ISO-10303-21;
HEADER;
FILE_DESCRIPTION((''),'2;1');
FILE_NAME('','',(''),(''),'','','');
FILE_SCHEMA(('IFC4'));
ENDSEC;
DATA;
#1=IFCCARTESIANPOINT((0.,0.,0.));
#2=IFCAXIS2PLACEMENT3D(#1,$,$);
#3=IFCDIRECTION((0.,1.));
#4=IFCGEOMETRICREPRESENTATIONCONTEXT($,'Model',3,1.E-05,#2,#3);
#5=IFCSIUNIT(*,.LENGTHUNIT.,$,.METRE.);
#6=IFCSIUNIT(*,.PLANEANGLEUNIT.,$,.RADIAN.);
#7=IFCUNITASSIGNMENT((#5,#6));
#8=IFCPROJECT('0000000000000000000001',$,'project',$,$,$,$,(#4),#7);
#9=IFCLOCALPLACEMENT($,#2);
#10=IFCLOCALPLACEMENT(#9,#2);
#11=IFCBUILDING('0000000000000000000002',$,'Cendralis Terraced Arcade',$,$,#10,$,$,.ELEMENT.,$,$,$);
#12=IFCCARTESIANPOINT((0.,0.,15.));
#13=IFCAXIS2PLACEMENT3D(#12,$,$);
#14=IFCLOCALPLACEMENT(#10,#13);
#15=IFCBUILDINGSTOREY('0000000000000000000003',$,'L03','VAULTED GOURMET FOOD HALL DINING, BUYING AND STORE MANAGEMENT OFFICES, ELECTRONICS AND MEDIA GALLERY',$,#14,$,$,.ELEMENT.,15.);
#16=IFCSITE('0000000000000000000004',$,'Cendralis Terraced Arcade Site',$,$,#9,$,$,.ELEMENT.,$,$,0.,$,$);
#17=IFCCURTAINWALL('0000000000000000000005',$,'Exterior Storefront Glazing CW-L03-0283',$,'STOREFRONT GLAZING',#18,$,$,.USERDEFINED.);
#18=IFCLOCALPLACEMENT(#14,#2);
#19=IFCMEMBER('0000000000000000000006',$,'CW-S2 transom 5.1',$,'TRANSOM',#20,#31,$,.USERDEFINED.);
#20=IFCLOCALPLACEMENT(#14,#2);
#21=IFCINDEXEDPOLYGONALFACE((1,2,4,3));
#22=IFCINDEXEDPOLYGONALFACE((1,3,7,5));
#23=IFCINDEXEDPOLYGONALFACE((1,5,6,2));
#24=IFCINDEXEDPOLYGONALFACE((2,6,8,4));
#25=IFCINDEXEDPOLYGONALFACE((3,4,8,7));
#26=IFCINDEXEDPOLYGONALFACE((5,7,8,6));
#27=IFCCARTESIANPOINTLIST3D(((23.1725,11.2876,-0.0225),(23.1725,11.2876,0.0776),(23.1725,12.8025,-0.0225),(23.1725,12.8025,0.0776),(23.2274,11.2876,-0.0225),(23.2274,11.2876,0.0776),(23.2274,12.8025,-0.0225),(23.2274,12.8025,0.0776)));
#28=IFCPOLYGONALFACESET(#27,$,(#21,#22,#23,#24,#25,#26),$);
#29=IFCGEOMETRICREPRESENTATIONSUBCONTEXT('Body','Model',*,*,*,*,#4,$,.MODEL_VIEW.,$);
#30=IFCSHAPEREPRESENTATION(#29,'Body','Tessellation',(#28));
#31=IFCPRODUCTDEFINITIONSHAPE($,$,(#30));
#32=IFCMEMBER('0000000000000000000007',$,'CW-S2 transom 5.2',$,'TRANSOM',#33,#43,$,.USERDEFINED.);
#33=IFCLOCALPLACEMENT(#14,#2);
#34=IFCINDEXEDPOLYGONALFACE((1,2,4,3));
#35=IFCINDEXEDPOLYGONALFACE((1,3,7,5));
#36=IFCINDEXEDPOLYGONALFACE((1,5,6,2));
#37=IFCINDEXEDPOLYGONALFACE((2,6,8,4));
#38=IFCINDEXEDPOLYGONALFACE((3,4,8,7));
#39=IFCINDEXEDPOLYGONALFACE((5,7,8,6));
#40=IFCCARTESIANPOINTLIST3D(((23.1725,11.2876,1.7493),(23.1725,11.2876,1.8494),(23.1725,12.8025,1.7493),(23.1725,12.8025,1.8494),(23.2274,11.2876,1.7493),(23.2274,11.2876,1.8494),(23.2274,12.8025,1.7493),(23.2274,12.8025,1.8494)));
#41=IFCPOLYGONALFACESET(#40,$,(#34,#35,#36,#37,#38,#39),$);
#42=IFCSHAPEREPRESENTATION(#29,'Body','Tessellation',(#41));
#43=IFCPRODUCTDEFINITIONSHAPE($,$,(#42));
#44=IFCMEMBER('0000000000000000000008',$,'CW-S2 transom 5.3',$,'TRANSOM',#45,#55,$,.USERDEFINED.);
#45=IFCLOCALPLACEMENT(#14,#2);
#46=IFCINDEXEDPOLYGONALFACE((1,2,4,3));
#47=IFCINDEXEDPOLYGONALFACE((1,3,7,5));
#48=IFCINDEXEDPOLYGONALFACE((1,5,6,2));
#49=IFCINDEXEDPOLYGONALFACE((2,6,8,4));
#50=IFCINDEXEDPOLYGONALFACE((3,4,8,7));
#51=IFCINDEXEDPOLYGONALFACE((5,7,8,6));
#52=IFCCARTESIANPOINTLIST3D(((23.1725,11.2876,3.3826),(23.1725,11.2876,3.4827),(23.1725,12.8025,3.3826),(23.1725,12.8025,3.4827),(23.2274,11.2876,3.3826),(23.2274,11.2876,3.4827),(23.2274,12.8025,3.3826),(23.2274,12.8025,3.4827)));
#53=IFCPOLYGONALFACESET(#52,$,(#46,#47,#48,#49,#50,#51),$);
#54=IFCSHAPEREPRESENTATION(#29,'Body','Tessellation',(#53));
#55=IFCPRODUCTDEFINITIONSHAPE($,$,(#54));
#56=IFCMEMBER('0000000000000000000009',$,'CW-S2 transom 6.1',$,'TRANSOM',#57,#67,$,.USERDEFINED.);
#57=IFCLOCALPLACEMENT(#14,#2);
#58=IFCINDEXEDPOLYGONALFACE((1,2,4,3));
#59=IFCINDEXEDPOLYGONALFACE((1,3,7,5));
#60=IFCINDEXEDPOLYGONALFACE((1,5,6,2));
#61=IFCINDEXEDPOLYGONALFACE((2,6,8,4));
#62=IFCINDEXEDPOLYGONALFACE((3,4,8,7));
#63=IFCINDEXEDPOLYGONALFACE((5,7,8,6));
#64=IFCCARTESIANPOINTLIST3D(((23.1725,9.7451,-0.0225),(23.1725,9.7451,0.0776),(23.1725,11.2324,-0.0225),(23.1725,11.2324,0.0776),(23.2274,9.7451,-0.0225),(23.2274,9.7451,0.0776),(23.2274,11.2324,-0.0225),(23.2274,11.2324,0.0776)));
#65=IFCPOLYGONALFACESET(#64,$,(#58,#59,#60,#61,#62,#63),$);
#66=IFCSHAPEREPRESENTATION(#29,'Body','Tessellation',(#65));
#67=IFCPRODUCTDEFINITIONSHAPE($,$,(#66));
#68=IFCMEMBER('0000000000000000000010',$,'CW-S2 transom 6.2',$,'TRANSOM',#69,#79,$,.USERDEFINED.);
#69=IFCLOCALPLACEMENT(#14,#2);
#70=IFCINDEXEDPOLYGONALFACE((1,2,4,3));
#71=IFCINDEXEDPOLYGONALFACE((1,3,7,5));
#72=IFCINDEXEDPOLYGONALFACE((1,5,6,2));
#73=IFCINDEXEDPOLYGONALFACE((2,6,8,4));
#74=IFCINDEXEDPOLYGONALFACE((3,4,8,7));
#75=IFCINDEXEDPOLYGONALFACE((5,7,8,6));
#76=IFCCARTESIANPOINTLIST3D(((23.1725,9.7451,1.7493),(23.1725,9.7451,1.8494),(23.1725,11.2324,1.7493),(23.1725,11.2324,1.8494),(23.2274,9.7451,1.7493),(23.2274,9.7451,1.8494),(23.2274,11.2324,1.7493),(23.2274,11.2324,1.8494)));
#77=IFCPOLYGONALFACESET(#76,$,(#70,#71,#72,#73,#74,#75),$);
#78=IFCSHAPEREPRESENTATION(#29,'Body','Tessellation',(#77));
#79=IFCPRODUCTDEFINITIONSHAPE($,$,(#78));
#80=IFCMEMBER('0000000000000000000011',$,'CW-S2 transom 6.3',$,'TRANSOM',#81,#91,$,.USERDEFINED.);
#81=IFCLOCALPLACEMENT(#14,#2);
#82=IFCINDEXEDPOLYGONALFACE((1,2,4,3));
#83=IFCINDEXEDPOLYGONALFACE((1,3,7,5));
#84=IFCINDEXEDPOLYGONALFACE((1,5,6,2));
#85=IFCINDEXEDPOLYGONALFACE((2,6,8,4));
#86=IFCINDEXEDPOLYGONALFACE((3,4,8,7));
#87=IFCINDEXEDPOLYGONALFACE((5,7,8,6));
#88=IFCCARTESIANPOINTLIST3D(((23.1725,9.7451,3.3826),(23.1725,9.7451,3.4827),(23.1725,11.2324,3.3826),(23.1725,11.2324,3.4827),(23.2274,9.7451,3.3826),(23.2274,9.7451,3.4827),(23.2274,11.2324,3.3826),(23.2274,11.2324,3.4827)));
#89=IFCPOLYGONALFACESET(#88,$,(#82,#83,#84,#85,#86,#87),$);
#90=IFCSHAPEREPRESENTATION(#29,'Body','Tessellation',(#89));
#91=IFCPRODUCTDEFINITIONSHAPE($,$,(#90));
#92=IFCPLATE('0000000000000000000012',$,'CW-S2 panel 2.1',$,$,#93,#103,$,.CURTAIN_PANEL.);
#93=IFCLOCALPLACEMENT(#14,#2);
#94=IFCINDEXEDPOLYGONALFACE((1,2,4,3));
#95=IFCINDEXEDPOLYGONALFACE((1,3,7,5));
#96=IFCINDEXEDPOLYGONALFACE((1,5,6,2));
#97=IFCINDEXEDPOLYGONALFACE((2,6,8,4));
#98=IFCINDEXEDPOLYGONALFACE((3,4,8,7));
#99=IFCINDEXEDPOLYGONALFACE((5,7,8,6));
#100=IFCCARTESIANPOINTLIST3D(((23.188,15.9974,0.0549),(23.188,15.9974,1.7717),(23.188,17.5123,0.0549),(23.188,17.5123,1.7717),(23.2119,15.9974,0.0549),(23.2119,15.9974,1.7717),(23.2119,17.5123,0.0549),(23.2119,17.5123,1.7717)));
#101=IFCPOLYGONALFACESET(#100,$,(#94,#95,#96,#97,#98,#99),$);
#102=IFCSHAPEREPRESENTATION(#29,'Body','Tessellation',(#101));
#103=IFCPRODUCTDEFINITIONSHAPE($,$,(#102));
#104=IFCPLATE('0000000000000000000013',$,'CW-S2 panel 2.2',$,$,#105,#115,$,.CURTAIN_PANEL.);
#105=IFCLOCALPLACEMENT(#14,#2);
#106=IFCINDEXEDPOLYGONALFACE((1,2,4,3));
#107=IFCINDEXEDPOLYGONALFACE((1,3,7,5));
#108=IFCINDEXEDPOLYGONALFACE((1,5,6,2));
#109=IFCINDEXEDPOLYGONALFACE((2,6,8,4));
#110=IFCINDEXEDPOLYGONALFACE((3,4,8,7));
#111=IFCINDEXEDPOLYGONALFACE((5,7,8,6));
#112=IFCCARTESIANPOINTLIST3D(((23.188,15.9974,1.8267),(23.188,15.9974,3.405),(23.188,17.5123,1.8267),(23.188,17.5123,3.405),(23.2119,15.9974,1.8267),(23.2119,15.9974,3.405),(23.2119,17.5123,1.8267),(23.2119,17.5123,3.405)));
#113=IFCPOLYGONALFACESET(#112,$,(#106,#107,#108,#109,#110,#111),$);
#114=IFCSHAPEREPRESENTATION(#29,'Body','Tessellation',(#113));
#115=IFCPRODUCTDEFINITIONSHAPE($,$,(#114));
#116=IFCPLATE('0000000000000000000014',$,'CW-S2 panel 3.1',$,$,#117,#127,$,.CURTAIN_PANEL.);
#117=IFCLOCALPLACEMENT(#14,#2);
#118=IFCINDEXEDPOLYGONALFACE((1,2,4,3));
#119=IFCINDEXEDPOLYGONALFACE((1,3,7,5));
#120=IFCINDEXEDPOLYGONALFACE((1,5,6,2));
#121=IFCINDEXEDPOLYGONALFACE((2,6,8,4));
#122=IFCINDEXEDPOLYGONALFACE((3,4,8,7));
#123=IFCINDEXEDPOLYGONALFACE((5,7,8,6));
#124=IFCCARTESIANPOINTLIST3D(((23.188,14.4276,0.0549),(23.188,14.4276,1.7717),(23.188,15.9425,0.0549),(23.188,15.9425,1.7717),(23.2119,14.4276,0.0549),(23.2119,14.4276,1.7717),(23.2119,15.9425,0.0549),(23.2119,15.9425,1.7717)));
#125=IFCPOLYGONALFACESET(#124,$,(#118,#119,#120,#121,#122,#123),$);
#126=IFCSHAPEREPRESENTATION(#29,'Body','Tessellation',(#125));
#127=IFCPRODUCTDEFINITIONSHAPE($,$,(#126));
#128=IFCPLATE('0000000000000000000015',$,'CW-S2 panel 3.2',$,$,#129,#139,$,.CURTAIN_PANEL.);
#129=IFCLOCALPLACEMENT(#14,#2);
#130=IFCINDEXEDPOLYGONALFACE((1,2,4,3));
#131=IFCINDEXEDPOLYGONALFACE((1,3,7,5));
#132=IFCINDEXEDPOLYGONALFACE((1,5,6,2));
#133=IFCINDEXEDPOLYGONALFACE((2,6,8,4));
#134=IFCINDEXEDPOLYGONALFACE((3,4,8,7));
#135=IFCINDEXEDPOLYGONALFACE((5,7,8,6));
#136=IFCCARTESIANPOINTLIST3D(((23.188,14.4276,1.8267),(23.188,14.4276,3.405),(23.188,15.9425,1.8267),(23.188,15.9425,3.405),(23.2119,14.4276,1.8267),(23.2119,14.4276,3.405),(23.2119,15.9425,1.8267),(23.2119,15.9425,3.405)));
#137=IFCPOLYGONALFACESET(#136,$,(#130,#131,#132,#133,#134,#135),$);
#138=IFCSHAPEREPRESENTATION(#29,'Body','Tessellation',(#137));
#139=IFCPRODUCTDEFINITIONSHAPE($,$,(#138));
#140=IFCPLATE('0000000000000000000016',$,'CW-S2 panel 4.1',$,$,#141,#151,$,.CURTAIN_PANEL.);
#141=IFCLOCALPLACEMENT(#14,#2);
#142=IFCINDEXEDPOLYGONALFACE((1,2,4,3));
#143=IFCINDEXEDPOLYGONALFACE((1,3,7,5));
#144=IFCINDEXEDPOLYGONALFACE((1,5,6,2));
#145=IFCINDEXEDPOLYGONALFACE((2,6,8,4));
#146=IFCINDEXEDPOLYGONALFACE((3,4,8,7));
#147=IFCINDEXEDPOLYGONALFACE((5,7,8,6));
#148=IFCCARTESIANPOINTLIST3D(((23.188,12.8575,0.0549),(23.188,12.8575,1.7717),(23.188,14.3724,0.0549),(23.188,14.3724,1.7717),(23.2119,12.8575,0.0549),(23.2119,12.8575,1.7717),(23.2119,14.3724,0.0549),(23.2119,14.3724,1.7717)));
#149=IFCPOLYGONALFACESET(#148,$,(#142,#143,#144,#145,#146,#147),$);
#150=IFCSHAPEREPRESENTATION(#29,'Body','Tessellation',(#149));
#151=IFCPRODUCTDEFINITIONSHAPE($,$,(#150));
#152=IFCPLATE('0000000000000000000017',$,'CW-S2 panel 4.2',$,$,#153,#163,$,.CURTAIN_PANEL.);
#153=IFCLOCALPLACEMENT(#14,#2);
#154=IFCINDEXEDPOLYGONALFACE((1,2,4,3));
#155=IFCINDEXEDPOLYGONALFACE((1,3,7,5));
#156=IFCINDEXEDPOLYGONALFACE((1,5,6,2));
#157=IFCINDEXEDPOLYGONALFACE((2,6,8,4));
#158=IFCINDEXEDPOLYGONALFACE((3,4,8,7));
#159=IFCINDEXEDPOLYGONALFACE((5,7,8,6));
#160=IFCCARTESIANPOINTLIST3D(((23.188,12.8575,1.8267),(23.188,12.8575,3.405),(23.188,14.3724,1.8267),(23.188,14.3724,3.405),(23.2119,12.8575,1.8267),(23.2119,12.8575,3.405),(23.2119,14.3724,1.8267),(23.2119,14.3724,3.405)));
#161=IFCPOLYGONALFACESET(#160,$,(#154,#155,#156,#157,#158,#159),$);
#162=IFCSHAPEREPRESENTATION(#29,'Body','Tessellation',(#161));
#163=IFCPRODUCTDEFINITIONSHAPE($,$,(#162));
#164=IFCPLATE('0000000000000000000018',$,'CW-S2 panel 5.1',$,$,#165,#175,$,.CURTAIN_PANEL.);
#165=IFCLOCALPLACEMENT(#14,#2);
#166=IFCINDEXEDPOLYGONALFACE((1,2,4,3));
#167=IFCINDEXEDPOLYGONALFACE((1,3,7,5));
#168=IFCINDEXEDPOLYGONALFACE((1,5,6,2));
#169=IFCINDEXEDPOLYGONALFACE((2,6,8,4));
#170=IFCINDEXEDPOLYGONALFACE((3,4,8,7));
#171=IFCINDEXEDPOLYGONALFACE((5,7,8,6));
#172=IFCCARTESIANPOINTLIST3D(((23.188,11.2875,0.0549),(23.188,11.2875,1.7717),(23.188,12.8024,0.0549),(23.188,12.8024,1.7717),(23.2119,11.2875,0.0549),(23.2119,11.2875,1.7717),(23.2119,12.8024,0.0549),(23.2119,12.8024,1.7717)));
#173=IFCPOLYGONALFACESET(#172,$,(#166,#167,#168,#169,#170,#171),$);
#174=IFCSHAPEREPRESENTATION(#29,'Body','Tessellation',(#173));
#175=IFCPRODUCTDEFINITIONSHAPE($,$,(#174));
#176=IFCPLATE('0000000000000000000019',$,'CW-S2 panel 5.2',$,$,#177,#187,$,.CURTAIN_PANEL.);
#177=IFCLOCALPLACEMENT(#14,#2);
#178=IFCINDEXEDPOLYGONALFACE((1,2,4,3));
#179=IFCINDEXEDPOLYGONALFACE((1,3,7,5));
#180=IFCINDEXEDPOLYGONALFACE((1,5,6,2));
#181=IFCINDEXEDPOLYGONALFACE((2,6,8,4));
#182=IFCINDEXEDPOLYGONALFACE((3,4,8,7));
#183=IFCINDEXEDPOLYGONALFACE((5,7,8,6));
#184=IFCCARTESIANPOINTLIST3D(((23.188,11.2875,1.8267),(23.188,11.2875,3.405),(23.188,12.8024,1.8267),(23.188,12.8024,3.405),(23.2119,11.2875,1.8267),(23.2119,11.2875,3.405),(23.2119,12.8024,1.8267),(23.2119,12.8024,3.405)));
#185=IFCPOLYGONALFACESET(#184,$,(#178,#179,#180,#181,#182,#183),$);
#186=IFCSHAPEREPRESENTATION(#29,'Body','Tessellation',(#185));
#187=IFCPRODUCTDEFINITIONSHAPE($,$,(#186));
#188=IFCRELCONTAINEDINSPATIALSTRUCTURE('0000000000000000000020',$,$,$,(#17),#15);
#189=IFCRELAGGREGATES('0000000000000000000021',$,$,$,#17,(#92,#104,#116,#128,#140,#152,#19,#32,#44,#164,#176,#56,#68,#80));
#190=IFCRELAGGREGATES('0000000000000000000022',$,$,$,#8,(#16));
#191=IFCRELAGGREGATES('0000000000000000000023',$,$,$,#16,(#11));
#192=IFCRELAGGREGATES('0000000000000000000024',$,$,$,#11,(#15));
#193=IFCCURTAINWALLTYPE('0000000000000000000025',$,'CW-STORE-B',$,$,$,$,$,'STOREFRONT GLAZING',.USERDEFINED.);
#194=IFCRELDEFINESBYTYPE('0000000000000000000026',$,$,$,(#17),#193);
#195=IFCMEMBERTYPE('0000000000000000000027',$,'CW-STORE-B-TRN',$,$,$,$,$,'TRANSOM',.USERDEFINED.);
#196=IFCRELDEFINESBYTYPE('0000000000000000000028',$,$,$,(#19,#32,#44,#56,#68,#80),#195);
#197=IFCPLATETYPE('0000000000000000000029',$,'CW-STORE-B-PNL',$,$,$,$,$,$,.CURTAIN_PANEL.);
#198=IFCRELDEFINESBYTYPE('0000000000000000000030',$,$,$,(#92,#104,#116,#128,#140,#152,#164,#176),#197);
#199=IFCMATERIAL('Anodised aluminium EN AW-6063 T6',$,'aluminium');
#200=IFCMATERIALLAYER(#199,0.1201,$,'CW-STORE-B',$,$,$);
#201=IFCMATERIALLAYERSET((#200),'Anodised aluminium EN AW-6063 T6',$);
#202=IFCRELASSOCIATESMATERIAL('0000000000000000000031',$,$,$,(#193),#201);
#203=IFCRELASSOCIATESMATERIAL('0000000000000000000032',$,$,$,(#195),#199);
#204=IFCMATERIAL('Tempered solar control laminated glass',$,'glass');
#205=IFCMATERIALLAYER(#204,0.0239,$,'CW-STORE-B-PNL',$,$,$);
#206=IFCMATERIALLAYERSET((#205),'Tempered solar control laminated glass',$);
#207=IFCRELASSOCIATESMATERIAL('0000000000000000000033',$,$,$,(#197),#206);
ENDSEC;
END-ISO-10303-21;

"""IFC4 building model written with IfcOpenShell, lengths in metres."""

from ifc_helpers import new_model, si_unit, direction, frame, origin, origin_2d, place, context, subcontext, project, spatial, rectangle, extrude, material, layer, layer_set, material_profile, profile_set, type_object, element, aggregate, save


model = new_model("IFC4")

# Units and contexts
model_context = context("Model", 3, precision=1e-05, world=origin(), true_north=direction((0.0, 1.0)))
body_context = subcontext(model_context, "Body", "Model", "MODEL_VIEW")
ifc_project = project(units=[si_unit("LENGTHUNIT", "METRE"), si_unit("PLANEANGLEUNIT", "RADIAN")], contexts=[model_context])

# Site, building, storey
site_placement = place(None, origin())
site = spatial("IfcSite", under=ifc_project, at=site_placement, Name="Cendralis Terraced Arcade Site", CompositionType="ELEMENT", RefElevation=0.0)
building_placement = place(site_placement, origin())
building = spatial("IfcBuilding", under=site, at=building_placement, Name="Cendralis Terraced Arcade", CompositionType="ELEMENT")
storey_placement = place(building_placement, frame((0.0, 0.0, 15.0)))
storey = spatial("IfcBuildingStorey", under=building, at=storey_placement, Name="L03", Description="VAULTED GOURMET FOOD HALL DINING, BUYING AND STORE MANAGEMENT OFFICES, ELECTRONICS AND MEDIA GALLERY", CompositionType="ELEMENT", Elevation=15.0)

# Curtain wall, members, plates
ifc_material_1 = material(Name="Anodised aluminium EN AW-6063 T6", Category="aluminium")
ifc_layer_1 = layer(ifc_material_1, 0.1201, Name="CW-STORE-B")
ifc_layer_set_1 = layer_set([ifc_layer_1], Name="Anodised aluminium EN AW-6063 T6")
curtain_wall_type = type_object("IfcCurtainWallType", Name="CW-STORE-B", ElementType="STOREFRONT GLAZING", PredefinedType="USERDEFINED", material=ifc_layer_set_1)
curtain_wall_placement = place(storey_placement, origin())
curtain_wall = element("IfcCurtainWall", 1, at=curtain_wall_placement, inside=storey, type_object=curtain_wall_type, Name="Exterior Storefront Glazing CW-L03-0283", ObjectType="STOREFRONT GLAZING", PredefinedType="USERDEFINED")
ifc_material_profile_1 = material_profile(ifc_material_1, rectangle(XDim=0.0549, YDim=0.1001, at=origin_2d()), Name="ALU-TRN-55x100")
ifc_profile_set_1 = profile_set([ifc_material_profile_1], Name="Anodised aluminium EN AW-6063 T6")
member_type_1 = type_object("IfcMemberType", Name="CW-STORE-B-TRN", ElementType="TRANSOM", PredefinedType="USERDEFINED", material=ifc_profile_set_1)
member_1_placement = place(storey_placement, frame((23.2, 12.8025, 0.0276), z_axis=(0.0, -1.0, 0.0), x_axis=(1.0, 0.0, 0.0)))
member_1 = element("IfcMember", 2, at=member_1_placement, type_object=member_type_1, Name="CW-S2 transom 5.1", ObjectType="TRANSOM", PredefinedType="USERDEFINED", context=body_context, shape_type="SweptSolid", body=[
    extrude(rectangle(XDim=0.0549, YDim=0.1001, at=origin_2d()), origin(), (0.0, 0.0, 1.0), 1.5149),
])
member_2_placement = place(storey_placement, frame((23.2, 12.8025, 1.7993), z_axis=(0.0, -1.0, 0.0), x_axis=(1.0, 0.0, 0.0)))
member_2 = element("IfcMember", 3, at=member_2_placement, type_object=member_type_1, Name="CW-S2 transom 5.2", ObjectType="TRANSOM", PredefinedType="USERDEFINED", context=body_context, shape_type="SweptSolid", body=[
    extrude(rectangle(XDim=0.0549, YDim=0.1001, at=origin_2d()), origin(), (0.0, 0.0, 1.0), 1.5149),
])
member_3_placement = place(storey_placement, frame((23.2, 12.8025, 3.4326), z_axis=(0.0, -1.0, 0.0), x_axis=(1.0, 0.0, 0.0)))
member_3 = element("IfcMember", 4, at=member_3_placement, type_object=member_type_1, Name="CW-S2 transom 5.3", ObjectType="TRANSOM", PredefinedType="USERDEFINED", context=body_context, shape_type="SweptSolid", body=[
    extrude(rectangle(XDim=0.0549, YDim=0.1001, at=origin_2d()), origin(), (0.0, 0.0, 1.0), 1.5149),
])
member_4_placement = place(storey_placement, frame((23.2, 11.2324, 0.0276), z_axis=(0.0, -1.0, 0.0), x_axis=(1.0, 0.0, 0.0)))
member_4 = element("IfcMember", 5, at=member_4_placement, type_object=member_type_1, Name="CW-S2 transom 6.1", ObjectType="TRANSOM", PredefinedType="USERDEFINED", context=body_context, shape_type="SweptSolid", body=[
    extrude(rectangle(XDim=0.0549, YDim=0.1001, at=origin_2d()), origin(), (0.0, 0.0, 1.0), 1.4873),
])
member_5_placement = place(storey_placement, frame((23.2, 11.2324, 1.7993), z_axis=(0.0, -1.0, 0.0), x_axis=(1.0, 0.0, 0.0)))
member_5 = element("IfcMember", 6, at=member_5_placement, type_object=member_type_1, Name="CW-S2 transom 6.2", ObjectType="TRANSOM", PredefinedType="USERDEFINED", context=body_context, shape_type="SweptSolid", body=[
    extrude(rectangle(XDim=0.0549, YDim=0.1001, at=origin_2d()), origin(), (0.0, 0.0, 1.0), 1.4873),
])
member_6_placement = place(storey_placement, frame((23.2, 11.2324, 3.4326), z_axis=(0.0, -1.0, 0.0), x_axis=(1.0, 0.0, 0.0)))
member_6 = element("IfcMember", 7, at=member_6_placement, type_object=member_type_1, Name="CW-S2 transom 6.3", ObjectType="TRANSOM", PredefinedType="USERDEFINED", context=body_context, shape_type="SweptSolid", body=[
    extrude(rectangle(XDim=0.0549, YDim=0.1001, at=origin_2d()), origin(), (0.0, 0.0, 1.0), 1.4873),
])
ifc_material_2 = material(Name="Tempered solar control laminated glass", Category="glass")
ifc_layer_2 = layer(ifc_material_2, 0.0239, Name="CW-STORE-B-PNL")
ifc_layer_set_2 = layer_set([ifc_layer_2], Name="Tempered solar control laminated glass")
plate_type = type_object("IfcPlateType", Name="CW-STORE-B-PNL", PredefinedType="CURTAIN_PANEL", material=ifc_layer_set_2)
plate_1_placement = place(storey_placement, frame((23.2, 16.7549, 0.0549), z_axis=(0.0, 0.0, 1.0), x_axis=(0.0, -1.0, 0.0)))
plate_1 = element("IfcPlate", 8, at=plate_1_placement, type_object=plate_type, Name="CW-S2 panel 2.1", PredefinedType="CURTAIN_PANEL", context=body_context, shape_type="SweptSolid", body=[
    extrude(rectangle(XDim=1.5149, YDim=0.0239, at=origin_2d()), origin(), (0.0, 0.0, 1.0), 1.7168),
])
plate_2_placement = place(storey_placement, frame((23.2, 16.7549, 1.8267), z_axis=(0.0, 0.0, 1.0), x_axis=(0.0, -1.0, 0.0)))
plate_2 = element("IfcPlate", 9, at=plate_2_placement, type_object=plate_type, Name="CW-S2 panel 2.2", PredefinedType="CURTAIN_PANEL", context=body_context, shape_type="SweptSolid", body=[
    extrude(rectangle(XDim=1.5149, YDim=0.0239, at=origin_2d()), origin(), (0.0, 0.0, 1.0), 1.5784),
])
plate_3_placement = place(storey_placement, frame((23.2, 15.1851, 0.0549), z_axis=(0.0, 0.0, 1.0), x_axis=(0.0, -1.0, 0.0)))
plate_3 = element("IfcPlate", 10, at=plate_3_placement, type_object=plate_type, Name="CW-S2 panel 3.1", PredefinedType="CURTAIN_PANEL", context=body_context, shape_type="SweptSolid", body=[
    extrude(rectangle(XDim=1.5149, YDim=0.0239, at=origin_2d()), origin(), (0.0, 0.0, 1.0), 1.7168),
])
plate_4_placement = place(storey_placement, frame((23.2, 15.1851, 1.8267), z_axis=(0.0, 0.0, 1.0), x_axis=(0.0, -1.0, 0.0)))
plate_4 = element("IfcPlate", 11, at=plate_4_placement, type_object=plate_type, Name="CW-S2 panel 3.2", PredefinedType="CURTAIN_PANEL", context=body_context, shape_type="SweptSolid", body=[
    extrude(rectangle(XDim=1.5149, YDim=0.0239, at=origin_2d()), origin(), (0.0, 0.0, 1.0), 1.5784),
])
plate_5_placement = place(storey_placement, frame((23.2, 13.615, 0.0549), z_axis=(0.0, 0.0, 1.0), x_axis=(0.0, -1.0, 0.0)))
plate_5 = element("IfcPlate", 12, at=plate_5_placement, type_object=plate_type, Name="CW-S2 panel 4.1", PredefinedType="CURTAIN_PANEL", context=body_context, shape_type="SweptSolid", body=[
    extrude(rectangle(XDim=1.5149, YDim=0.0239, at=origin_2d()), origin(), (0.0, 0.0, 1.0), 1.7168),
])
plate_6_placement = place(storey_placement, frame((23.2, 13.615, 1.8267), z_axis=(0.0, 0.0, 1.0), x_axis=(0.0, -1.0, 0.0)))
plate_6 = element("IfcPlate", 13, at=plate_6_placement, type_object=plate_type, Name="CW-S2 panel 4.2", PredefinedType="CURTAIN_PANEL", context=body_context, shape_type="SweptSolid", body=[
    extrude(rectangle(XDim=1.5149, YDim=0.0239, at=origin_2d()), origin(), (0.0, 0.0, 1.0), 1.5784),
])
plate_7_placement = place(storey_placement, frame((23.2, 12.0449, 0.0549), z_axis=(0.0, 0.0, 1.0), x_axis=(0.0, -1.0, 0.0)))
plate_7 = element("IfcPlate", 14, at=plate_7_placement, type_object=plate_type, Name="CW-S2 panel 5.1", PredefinedType="CURTAIN_PANEL", context=body_context, shape_type="SweptSolid", body=[
    extrude(rectangle(XDim=1.5149, YDim=0.0239, at=origin_2d()), origin(), (0.0, 0.0, 1.0), 1.7168),
])
plate_8_placement = place(storey_placement, frame((23.2, 12.0449, 1.8267), z_axis=(0.0, 0.0, 1.0), x_axis=(0.0, -1.0, 0.0)))
plate_8 = element("IfcPlate", 15, at=plate_8_placement, type_object=plate_type, Name="CW-S2 panel 5.2", PredefinedType="CURTAIN_PANEL", context=body_context, shape_type="SweptSolid", body=[
    extrude(rectangle(XDim=1.5149, YDim=0.0239, at=origin_2d()), origin(), (0.0, 0.0, 1.0), 1.5784),
])
aggregate(curtain_wall, [plate_1, plate_2, plate_3, plate_4, plate_5, plate_6, member_1, member_2, member_3, plate_7, plate_8, member_4, member_5, member_6])

save(model, "model.ifc")
